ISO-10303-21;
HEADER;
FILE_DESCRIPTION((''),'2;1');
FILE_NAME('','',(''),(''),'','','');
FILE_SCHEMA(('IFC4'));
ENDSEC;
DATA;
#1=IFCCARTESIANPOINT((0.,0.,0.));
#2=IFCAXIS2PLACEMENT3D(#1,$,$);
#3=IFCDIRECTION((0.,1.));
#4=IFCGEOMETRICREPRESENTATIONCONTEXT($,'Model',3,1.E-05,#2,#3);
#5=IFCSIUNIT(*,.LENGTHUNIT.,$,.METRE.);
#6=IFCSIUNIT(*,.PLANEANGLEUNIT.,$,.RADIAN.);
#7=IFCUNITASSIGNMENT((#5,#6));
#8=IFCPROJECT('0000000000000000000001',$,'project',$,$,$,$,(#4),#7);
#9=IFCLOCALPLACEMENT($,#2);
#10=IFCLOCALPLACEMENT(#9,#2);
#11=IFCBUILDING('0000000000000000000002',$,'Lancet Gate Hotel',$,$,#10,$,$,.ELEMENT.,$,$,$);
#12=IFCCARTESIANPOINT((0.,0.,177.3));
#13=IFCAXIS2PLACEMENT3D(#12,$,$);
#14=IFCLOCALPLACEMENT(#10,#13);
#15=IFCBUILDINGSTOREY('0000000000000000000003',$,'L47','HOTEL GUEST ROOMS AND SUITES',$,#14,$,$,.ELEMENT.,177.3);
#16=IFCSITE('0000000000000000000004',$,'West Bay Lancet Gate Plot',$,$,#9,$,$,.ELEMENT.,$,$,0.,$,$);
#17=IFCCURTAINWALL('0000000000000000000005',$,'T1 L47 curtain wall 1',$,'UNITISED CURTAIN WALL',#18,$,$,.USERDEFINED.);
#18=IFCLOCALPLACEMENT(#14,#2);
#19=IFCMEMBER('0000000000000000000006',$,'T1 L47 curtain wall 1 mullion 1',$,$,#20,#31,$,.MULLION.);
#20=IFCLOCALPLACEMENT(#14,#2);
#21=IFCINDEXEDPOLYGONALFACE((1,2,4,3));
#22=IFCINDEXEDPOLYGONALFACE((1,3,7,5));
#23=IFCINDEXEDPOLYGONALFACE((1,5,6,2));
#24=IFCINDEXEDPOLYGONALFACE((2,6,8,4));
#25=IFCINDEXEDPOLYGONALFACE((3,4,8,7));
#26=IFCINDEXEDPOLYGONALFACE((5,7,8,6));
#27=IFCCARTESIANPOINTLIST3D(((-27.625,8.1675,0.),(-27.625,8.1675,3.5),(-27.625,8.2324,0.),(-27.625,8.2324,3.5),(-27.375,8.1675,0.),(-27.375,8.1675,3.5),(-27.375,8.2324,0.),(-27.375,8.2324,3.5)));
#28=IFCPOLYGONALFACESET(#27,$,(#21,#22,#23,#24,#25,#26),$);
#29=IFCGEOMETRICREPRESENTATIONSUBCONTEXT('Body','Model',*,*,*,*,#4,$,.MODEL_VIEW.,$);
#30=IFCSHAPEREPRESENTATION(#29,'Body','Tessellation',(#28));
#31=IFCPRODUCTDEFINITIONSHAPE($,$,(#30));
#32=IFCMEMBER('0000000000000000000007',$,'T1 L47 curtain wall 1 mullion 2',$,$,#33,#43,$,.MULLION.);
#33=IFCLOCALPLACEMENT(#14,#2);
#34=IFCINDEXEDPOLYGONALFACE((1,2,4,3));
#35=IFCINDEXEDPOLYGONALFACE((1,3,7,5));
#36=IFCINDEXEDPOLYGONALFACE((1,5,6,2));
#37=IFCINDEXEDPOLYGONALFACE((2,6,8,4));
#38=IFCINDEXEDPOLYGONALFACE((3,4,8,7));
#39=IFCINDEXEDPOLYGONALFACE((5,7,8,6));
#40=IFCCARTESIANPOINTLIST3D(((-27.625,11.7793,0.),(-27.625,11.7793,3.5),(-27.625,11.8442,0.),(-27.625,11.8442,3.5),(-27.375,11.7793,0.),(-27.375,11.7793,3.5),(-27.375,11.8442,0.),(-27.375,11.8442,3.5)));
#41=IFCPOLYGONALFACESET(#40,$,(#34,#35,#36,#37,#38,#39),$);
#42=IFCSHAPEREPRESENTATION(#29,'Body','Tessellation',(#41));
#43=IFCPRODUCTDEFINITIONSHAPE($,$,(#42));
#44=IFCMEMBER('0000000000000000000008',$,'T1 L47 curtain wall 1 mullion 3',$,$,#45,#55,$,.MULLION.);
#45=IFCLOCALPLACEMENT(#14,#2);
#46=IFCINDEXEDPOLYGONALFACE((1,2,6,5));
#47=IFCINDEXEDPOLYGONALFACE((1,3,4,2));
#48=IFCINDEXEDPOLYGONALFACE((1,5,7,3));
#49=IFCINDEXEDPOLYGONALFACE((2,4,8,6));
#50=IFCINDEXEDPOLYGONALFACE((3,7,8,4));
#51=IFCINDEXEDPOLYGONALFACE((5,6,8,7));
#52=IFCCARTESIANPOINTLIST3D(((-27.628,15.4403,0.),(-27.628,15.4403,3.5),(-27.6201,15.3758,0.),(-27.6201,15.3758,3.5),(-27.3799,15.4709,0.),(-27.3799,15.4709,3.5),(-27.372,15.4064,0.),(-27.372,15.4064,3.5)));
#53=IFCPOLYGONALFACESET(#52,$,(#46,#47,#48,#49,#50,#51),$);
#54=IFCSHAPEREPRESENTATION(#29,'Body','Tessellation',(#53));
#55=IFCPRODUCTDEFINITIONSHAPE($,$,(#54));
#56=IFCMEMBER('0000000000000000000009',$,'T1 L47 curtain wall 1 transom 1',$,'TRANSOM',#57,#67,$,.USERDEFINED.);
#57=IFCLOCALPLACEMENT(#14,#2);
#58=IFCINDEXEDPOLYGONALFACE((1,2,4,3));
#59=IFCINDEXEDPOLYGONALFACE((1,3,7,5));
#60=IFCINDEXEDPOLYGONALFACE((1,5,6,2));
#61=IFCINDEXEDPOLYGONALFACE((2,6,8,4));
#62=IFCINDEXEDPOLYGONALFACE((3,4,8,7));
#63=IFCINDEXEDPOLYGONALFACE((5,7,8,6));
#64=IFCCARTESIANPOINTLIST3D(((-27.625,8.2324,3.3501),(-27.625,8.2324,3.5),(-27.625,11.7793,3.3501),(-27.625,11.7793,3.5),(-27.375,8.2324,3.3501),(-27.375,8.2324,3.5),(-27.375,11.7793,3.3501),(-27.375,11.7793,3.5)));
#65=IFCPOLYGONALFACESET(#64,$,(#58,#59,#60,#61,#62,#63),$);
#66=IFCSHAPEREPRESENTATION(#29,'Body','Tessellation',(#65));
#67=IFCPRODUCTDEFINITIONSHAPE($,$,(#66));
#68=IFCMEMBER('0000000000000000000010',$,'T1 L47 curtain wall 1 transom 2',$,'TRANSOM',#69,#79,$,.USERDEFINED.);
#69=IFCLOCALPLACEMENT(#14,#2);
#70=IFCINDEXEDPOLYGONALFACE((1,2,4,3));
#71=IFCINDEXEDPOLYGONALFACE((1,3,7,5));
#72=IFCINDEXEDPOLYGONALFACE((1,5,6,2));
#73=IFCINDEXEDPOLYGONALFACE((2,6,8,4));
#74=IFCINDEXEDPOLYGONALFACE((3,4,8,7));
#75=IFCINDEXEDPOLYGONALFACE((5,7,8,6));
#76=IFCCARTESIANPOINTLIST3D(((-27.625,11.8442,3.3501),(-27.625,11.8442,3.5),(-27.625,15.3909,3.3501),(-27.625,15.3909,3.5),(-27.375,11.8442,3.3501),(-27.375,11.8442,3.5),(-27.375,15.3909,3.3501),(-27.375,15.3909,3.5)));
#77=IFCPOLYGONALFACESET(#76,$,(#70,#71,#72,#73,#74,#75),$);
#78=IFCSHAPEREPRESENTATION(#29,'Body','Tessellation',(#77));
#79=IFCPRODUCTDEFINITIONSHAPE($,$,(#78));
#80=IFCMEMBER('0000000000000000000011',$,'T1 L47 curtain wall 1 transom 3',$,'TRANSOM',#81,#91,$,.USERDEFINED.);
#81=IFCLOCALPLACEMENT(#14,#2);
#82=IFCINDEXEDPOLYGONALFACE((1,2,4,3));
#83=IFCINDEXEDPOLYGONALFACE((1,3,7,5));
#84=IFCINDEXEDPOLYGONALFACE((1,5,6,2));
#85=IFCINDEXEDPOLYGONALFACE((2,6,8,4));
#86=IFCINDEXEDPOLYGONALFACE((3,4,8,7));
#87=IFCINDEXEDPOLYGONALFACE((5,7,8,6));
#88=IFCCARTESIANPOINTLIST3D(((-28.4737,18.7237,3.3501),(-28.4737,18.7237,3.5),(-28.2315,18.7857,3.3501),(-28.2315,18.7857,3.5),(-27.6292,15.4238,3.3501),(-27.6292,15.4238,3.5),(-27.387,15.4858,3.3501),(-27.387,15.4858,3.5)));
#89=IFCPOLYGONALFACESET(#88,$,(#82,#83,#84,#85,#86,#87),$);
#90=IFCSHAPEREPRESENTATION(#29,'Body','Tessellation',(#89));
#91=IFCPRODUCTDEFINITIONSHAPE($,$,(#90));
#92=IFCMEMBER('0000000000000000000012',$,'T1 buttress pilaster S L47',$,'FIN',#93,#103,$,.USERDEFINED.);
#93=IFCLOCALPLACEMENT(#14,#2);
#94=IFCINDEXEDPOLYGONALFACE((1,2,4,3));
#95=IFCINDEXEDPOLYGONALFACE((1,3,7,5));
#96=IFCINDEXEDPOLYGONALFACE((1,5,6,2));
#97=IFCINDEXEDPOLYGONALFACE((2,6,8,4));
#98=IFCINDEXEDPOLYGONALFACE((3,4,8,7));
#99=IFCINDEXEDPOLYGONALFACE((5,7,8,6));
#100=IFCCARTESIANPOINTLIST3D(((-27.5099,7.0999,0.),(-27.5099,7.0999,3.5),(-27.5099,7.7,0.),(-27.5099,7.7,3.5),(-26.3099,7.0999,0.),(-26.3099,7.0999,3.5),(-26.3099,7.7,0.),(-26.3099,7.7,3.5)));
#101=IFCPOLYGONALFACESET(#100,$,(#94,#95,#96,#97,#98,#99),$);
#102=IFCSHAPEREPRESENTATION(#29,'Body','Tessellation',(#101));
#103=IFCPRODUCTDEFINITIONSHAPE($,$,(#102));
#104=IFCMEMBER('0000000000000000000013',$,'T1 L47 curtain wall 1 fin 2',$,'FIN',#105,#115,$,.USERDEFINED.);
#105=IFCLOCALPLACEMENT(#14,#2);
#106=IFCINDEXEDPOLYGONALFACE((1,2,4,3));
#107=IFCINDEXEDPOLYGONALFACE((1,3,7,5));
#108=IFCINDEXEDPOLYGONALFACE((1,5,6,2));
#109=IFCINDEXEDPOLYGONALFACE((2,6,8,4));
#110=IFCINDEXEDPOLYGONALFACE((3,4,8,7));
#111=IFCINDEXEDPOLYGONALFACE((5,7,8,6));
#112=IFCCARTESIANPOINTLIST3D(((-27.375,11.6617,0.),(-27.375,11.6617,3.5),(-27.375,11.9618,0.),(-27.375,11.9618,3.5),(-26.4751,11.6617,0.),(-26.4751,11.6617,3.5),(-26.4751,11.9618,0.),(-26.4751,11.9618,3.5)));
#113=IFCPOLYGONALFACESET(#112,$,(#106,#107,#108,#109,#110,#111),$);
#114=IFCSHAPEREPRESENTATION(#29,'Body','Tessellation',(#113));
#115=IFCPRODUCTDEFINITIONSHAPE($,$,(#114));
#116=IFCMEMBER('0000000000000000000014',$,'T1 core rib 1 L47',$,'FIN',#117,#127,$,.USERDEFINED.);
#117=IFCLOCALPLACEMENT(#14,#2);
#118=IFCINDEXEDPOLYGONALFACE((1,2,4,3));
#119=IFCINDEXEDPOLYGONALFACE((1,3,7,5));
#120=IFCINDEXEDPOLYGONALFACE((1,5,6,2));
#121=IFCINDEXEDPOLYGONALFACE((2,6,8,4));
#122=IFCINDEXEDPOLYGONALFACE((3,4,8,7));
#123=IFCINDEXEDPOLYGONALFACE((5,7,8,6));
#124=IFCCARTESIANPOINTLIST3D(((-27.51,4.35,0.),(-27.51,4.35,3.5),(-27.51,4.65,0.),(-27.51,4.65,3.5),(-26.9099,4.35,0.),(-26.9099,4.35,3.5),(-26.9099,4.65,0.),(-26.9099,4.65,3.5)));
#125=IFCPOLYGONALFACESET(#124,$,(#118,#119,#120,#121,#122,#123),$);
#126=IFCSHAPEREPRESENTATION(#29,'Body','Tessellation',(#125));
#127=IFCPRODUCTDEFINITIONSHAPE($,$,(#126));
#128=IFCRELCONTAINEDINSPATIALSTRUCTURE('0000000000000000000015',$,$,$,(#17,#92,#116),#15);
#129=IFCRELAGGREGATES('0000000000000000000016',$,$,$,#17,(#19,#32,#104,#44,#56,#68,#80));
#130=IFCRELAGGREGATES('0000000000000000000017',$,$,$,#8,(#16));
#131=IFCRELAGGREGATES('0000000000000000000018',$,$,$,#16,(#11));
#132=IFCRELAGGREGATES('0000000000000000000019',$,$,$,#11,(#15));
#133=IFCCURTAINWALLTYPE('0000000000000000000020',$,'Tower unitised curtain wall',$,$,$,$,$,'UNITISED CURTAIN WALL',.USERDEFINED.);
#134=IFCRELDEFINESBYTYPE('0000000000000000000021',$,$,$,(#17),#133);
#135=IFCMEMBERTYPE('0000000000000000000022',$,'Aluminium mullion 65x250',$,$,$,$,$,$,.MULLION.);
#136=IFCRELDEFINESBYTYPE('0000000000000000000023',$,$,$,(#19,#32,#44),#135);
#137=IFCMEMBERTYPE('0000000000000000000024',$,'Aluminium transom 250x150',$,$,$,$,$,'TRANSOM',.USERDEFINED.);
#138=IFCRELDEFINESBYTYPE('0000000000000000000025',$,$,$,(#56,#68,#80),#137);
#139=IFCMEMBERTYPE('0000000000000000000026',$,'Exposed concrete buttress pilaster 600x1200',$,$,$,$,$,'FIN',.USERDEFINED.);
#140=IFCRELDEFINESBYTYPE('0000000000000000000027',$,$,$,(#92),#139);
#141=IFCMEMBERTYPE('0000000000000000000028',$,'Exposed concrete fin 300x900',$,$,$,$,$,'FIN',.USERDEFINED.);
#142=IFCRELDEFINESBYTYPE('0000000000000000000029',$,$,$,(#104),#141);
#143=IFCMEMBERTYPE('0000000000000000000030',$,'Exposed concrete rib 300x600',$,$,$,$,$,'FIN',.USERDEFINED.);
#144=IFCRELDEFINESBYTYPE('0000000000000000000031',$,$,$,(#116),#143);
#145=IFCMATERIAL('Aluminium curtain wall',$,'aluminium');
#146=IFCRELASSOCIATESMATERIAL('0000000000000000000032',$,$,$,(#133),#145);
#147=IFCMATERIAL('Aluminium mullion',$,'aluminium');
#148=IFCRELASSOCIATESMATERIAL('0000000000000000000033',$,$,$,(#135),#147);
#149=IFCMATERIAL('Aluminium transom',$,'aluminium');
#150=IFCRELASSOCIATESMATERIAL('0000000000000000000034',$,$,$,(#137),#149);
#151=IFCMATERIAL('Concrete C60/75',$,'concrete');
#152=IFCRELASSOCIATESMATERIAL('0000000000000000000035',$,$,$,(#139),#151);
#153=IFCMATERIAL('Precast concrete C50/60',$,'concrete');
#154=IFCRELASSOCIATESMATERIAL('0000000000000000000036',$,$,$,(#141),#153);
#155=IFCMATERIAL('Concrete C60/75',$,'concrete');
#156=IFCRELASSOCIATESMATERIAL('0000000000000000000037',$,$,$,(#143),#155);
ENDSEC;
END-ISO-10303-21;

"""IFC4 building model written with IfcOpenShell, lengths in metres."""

from ifc_helpers import new_model, si_unit, direction, frame, origin, origin_2d, place, context, subcontext, project, spatial, rectangle, extrude, material, material_profile, profile_set, type_object, element, aggregate, save


model = new_model("IFC4")

# Units and contexts
model_context = context("Model", 3, precision=1e-05, world=origin(), true_north=direction((0.0, 1.0)))
body_context = subcontext(model_context, "Body", "Model", "MODEL_VIEW")
ifc_project = project(units=[si_unit("LENGTHUNIT", "METRE"), si_unit("PLANEANGLEUNIT", "RADIAN")], contexts=[model_context])

# Site, building, storey
site_placement = place(None, origin())
site = spatial("IfcSite", under=ifc_project, at=site_placement, Name="West Bay Lancet Gate Plot", CompositionType="ELEMENT", RefElevation=0.0)
building_placement = place(site_placement, origin())
building = spatial("IfcBuilding", under=site, at=building_placement, Name="Lancet Gate Hotel", CompositionType="ELEMENT")
storey_placement = place(building_placement, frame((0.0, 0.0, 177.3)))
storey = spatial("IfcBuildingStorey", under=building, at=storey_placement, Name="L47", Description="HOTEL GUEST ROOMS AND SUITES", CompositionType="ELEMENT", Elevation=177.3)

# Curtain wall, members
ifc_material_1 = material(Name="Aluminium curtain wall", Category="aluminium")
curtain_wall_type = type_object("IfcCurtainWallType", Name="Tower unitised curtain wall", ElementType="UNITISED CURTAIN WALL", PredefinedType="USERDEFINED", material=ifc_material_1)
curtain_wall_placement = place(storey_placement, origin())
curtain_wall = element("IfcCurtainWall", 1, at=curtain_wall_placement, inside=storey, type_object=curtain_wall_type, Name="T1 L47 curtain wall 1", ObjectType="UNITISED CURTAIN WALL", PredefinedType="USERDEFINED")
ifc_material_2 = material(Name="Aluminium mullion", Category="aluminium")
ifc_material_profile_1 = material_profile(ifc_material_2, rectangle(XDim=0.0649, YDim=0.25, at=origin_2d()), Name="MULLION 65x250")
ifc_profile_set_1 = profile_set([ifc_material_profile_1], Name="Aluminium mullion")
member_type_1 = type_object("IfcMemberType", Name="Aluminium mullion 65x250", PredefinedType="MULLION", material=ifc_profile_set_1)
member_1_placement = place(storey_placement, frame((-27.5, 8.2, 0.0), z_axis=(0.0, 0.0, 1.0), x_axis=(0.0, 1.0, 0.0)))
member_1 = element("IfcMember", 2, at=member_1_placement, type_object=member_type_1, Name="T1 L47 curtain wall 1 mullion 1", PredefinedType="MULLION", context=body_context, shape_type="SweptSolid", body=[
    extrude(rectangle(XDim=0.0649, YDim=0.25, at=origin_2d()), origin(), (0.0, 0.0, 1.0), 3.5),
])
member_2_placement = place(storey_placement, frame((-27.5, 11.8118, 0.0), z_axis=(0.0, 0.0, 1.0), x_axis=(0.0, 1.0, 0.0)))
member_2 = element("IfcMember", 3, at=member_2_placement, type_object=member_type_1, Name="T1 L47 curtain wall 1 mullion 2", PredefinedType="MULLION", context=body_context, shape_type="SweptSolid", body=[
    extrude(rectangle(XDim=0.0649, YDim=0.25, at=origin_2d()), origin(), (0.0, 0.0, 1.0), 3.5),
])
member_3_placement = place(storey_placement, frame((-27.5, 15.4233, 0.0), z_axis=(0.0, 0.0, 1.0), x_axis=(-0.122467, 0.992473, 0.0)))
member_3 = element("IfcMember", 4, at=member_3_placement, type_object=member_type_1, Name="T1 L47 curtain wall 1 mullion 3", PredefinedType="MULLION", context=body_context, shape_type="SweptSolid", body=[
    extrude(rectangle(XDim=0.0649, YDim=0.25, at=origin_2d()), origin(), (0.0, 0.0, 1.0), 3.5),
])
ifc_material_3 = material(Name="Aluminium transom", Category="aluminium")
ifc_material_profile_2 = material_profile(ifc_material_3, rectangle(XDim=0.25, YDim=0.1499, at=origin_2d()), Name="TRANSOM 250x150")
ifc_profile_set_2 = profile_set([ifc_material_profile_2], Name="Aluminium transom")
member_type_2 = type_object("IfcMemberType", Name="Aluminium transom 250x150", ElementType="TRANSOM", PredefinedType="USERDEFINED", material=ifc_profile_set_2)
member_4_placement = place(storey_placement, frame((-27.5, 8.2324, 3.425), z_axis=(0.0, 1.0, 0.0), x_axis=(-1.0, 0.0, 0.0)))
member_4 = element("IfcMember", 5, at=member_4_placement, type_object=member_type_2, Name="T1 L47 curtain wall 1 transom 1", ObjectType="TRANSOM", PredefinedType="USERDEFINED", context=body_context, shape_type="SweptSolid", body=[
    extrude(rectangle(XDim=0.25, YDim=0.1499, at=origin_2d()), origin(), (0.0, 0.0, 1.0), 3.5469),
])
member_5_placement = place(storey_placement, frame((-27.5, 11.8442, 3.425), z_axis=(0.0, 1.0, 0.0), x_axis=(-1.0, 0.0, 0.0)))
member_5 = element("IfcMember", 6, at=member_5_placement, type_object=member_type_2, Name="T1 L47 curtain wall 1 transom 2", ObjectType="TRANSOM", PredefinedType="USERDEFINED", context=body_context, shape_type="SweptSolid", body=[
    extrude(rectangle(XDim=0.25, YDim=0.1499, at=origin_2d()), origin(), (0.0, 0.0, 1.0), 3.5466),
])
member_6_placement = place(storey_placement, frame((-27.5081, 15.4548, 3.425), z_axis=(-0.247929, 0.968778, 0.0), x_axis=(-0.968778, -0.247929, 0.0)))
member_6 = element("IfcMember", 7, at=member_6_placement, type_object=member_type_2, Name="T1 L47 curtain wall 1 transom 3", ObjectType="TRANSOM", PredefinedType="USERDEFINED", context=body_context, shape_type="SweptSolid", body=[
    extrude(rectangle(XDim=0.25, YDim=0.1499, at=origin_2d()), origin(), (0.0, 0.0, 1.0), 3.4062),
])

# Members
ifc_material_4 = material(Name="Concrete C60/75", Category="concrete")
ifc_material_profile_3 = material_profile(ifc_material_4, rectangle(XDim=0.6001, YDim=1.2, at=origin_2d()), Name="FIN 600x1200")
ifc_profile_set_3 = profile_set([ifc_material_profile_3], Name="Concrete C60/75")
member_type_3 = type_object("IfcMemberType", Name="Exposed concrete buttress pilaster 600x1200", ElementType="FIN", PredefinedType="USERDEFINED", material=ifc_profile_set_3)
member_7_placement = place(storey_placement, frame((-26.9099, 7.3999, 0.0), z_axis=(0.0, 0.0, 1.0), x_axis=(0.0, 1.0, 0.0)))
element("IfcMember", 8, at=member_7_placement, inside=storey, type_object=member_type_3, Name="T1 buttress pilaster S L47", ObjectType="FIN", PredefinedType="USERDEFINED", context=body_context, shape_type="SweptSolid", body=[
    extrude(rectangle(XDim=0.6001, YDim=1.2, at=origin_2d()), origin(), (0.0, 0.0, 1.0), 3.5),
])
ifc_material_5 = material(Name="Precast concrete C50/60", Category="concrete")
ifc_material_profile_4 = material_profile(ifc_material_5, rectangle(XDim=0.3, YDim=0.8999, at=origin_2d()), Name="FIN 300x900")
ifc_profile_set_4 = profile_set([ifc_material_profile_4], Name="Precast concrete C50/60")
member_type_4 = type_object("IfcMemberType", Name="Exposed concrete fin 300x900", ElementType="FIN", PredefinedType="USERDEFINED", material=ifc_profile_set_4)
member_8_placement = place(storey_placement, frame((-26.925, 11.8118, 0.0), z_axis=(0.0, 0.0, 1.0), x_axis=(0.0, 1.0, 0.0)))
member_8 = element("IfcMember", 9, at=member_8_placement, type_object=member_type_4, Name="T1 L47 curtain wall 1 fin 2", ObjectType="FIN", PredefinedType="USERDEFINED", context=body_context, shape_type="SweptSolid", body=[
    extrude(rectangle(XDim=0.3, YDim=0.8999, at=origin_2d()), origin(), (0.0, 0.0, 1.0), 3.5),
])
ifc_material_6 = material(Name="Concrete C60/75", Category="concrete")
ifc_material_profile_5 = material_profile(ifc_material_6, rectangle(XDim=0.3, YDim=0.6001, at=origin_2d()), Name="FIN 300x600")
ifc_profile_set_5 = profile_set([ifc_material_profile_5], Name="Concrete C60/75")
member_type_5 = type_object("IfcMemberType", Name="Exposed concrete rib 300x600", ElementType="FIN", PredefinedType="USERDEFINED", material=ifc_profile_set_5)
member_9_placement = place(storey_placement, frame((-27.21, 4.5, 0.0), z_axis=(0.0, 0.0, 1.0), x_axis=(0.0, 1.0, 0.0)))
element("IfcMember", 10, at=member_9_placement, inside=storey, type_object=member_type_5, Name="T1 core rib 1 L47", ObjectType="FIN", PredefinedType="USERDEFINED", context=body_context, shape_type="SweptSolid", body=[
    extrude(rectangle(XDim=0.3, YDim=0.6001, at=origin_2d()), origin(), (0.0, 0.0, 1.0), 3.5),
])

aggregate(curtain_wall, [member_1, member_2, member_8, member_3, member_4, member_5, member_6])

save(model, "model.ifc")
